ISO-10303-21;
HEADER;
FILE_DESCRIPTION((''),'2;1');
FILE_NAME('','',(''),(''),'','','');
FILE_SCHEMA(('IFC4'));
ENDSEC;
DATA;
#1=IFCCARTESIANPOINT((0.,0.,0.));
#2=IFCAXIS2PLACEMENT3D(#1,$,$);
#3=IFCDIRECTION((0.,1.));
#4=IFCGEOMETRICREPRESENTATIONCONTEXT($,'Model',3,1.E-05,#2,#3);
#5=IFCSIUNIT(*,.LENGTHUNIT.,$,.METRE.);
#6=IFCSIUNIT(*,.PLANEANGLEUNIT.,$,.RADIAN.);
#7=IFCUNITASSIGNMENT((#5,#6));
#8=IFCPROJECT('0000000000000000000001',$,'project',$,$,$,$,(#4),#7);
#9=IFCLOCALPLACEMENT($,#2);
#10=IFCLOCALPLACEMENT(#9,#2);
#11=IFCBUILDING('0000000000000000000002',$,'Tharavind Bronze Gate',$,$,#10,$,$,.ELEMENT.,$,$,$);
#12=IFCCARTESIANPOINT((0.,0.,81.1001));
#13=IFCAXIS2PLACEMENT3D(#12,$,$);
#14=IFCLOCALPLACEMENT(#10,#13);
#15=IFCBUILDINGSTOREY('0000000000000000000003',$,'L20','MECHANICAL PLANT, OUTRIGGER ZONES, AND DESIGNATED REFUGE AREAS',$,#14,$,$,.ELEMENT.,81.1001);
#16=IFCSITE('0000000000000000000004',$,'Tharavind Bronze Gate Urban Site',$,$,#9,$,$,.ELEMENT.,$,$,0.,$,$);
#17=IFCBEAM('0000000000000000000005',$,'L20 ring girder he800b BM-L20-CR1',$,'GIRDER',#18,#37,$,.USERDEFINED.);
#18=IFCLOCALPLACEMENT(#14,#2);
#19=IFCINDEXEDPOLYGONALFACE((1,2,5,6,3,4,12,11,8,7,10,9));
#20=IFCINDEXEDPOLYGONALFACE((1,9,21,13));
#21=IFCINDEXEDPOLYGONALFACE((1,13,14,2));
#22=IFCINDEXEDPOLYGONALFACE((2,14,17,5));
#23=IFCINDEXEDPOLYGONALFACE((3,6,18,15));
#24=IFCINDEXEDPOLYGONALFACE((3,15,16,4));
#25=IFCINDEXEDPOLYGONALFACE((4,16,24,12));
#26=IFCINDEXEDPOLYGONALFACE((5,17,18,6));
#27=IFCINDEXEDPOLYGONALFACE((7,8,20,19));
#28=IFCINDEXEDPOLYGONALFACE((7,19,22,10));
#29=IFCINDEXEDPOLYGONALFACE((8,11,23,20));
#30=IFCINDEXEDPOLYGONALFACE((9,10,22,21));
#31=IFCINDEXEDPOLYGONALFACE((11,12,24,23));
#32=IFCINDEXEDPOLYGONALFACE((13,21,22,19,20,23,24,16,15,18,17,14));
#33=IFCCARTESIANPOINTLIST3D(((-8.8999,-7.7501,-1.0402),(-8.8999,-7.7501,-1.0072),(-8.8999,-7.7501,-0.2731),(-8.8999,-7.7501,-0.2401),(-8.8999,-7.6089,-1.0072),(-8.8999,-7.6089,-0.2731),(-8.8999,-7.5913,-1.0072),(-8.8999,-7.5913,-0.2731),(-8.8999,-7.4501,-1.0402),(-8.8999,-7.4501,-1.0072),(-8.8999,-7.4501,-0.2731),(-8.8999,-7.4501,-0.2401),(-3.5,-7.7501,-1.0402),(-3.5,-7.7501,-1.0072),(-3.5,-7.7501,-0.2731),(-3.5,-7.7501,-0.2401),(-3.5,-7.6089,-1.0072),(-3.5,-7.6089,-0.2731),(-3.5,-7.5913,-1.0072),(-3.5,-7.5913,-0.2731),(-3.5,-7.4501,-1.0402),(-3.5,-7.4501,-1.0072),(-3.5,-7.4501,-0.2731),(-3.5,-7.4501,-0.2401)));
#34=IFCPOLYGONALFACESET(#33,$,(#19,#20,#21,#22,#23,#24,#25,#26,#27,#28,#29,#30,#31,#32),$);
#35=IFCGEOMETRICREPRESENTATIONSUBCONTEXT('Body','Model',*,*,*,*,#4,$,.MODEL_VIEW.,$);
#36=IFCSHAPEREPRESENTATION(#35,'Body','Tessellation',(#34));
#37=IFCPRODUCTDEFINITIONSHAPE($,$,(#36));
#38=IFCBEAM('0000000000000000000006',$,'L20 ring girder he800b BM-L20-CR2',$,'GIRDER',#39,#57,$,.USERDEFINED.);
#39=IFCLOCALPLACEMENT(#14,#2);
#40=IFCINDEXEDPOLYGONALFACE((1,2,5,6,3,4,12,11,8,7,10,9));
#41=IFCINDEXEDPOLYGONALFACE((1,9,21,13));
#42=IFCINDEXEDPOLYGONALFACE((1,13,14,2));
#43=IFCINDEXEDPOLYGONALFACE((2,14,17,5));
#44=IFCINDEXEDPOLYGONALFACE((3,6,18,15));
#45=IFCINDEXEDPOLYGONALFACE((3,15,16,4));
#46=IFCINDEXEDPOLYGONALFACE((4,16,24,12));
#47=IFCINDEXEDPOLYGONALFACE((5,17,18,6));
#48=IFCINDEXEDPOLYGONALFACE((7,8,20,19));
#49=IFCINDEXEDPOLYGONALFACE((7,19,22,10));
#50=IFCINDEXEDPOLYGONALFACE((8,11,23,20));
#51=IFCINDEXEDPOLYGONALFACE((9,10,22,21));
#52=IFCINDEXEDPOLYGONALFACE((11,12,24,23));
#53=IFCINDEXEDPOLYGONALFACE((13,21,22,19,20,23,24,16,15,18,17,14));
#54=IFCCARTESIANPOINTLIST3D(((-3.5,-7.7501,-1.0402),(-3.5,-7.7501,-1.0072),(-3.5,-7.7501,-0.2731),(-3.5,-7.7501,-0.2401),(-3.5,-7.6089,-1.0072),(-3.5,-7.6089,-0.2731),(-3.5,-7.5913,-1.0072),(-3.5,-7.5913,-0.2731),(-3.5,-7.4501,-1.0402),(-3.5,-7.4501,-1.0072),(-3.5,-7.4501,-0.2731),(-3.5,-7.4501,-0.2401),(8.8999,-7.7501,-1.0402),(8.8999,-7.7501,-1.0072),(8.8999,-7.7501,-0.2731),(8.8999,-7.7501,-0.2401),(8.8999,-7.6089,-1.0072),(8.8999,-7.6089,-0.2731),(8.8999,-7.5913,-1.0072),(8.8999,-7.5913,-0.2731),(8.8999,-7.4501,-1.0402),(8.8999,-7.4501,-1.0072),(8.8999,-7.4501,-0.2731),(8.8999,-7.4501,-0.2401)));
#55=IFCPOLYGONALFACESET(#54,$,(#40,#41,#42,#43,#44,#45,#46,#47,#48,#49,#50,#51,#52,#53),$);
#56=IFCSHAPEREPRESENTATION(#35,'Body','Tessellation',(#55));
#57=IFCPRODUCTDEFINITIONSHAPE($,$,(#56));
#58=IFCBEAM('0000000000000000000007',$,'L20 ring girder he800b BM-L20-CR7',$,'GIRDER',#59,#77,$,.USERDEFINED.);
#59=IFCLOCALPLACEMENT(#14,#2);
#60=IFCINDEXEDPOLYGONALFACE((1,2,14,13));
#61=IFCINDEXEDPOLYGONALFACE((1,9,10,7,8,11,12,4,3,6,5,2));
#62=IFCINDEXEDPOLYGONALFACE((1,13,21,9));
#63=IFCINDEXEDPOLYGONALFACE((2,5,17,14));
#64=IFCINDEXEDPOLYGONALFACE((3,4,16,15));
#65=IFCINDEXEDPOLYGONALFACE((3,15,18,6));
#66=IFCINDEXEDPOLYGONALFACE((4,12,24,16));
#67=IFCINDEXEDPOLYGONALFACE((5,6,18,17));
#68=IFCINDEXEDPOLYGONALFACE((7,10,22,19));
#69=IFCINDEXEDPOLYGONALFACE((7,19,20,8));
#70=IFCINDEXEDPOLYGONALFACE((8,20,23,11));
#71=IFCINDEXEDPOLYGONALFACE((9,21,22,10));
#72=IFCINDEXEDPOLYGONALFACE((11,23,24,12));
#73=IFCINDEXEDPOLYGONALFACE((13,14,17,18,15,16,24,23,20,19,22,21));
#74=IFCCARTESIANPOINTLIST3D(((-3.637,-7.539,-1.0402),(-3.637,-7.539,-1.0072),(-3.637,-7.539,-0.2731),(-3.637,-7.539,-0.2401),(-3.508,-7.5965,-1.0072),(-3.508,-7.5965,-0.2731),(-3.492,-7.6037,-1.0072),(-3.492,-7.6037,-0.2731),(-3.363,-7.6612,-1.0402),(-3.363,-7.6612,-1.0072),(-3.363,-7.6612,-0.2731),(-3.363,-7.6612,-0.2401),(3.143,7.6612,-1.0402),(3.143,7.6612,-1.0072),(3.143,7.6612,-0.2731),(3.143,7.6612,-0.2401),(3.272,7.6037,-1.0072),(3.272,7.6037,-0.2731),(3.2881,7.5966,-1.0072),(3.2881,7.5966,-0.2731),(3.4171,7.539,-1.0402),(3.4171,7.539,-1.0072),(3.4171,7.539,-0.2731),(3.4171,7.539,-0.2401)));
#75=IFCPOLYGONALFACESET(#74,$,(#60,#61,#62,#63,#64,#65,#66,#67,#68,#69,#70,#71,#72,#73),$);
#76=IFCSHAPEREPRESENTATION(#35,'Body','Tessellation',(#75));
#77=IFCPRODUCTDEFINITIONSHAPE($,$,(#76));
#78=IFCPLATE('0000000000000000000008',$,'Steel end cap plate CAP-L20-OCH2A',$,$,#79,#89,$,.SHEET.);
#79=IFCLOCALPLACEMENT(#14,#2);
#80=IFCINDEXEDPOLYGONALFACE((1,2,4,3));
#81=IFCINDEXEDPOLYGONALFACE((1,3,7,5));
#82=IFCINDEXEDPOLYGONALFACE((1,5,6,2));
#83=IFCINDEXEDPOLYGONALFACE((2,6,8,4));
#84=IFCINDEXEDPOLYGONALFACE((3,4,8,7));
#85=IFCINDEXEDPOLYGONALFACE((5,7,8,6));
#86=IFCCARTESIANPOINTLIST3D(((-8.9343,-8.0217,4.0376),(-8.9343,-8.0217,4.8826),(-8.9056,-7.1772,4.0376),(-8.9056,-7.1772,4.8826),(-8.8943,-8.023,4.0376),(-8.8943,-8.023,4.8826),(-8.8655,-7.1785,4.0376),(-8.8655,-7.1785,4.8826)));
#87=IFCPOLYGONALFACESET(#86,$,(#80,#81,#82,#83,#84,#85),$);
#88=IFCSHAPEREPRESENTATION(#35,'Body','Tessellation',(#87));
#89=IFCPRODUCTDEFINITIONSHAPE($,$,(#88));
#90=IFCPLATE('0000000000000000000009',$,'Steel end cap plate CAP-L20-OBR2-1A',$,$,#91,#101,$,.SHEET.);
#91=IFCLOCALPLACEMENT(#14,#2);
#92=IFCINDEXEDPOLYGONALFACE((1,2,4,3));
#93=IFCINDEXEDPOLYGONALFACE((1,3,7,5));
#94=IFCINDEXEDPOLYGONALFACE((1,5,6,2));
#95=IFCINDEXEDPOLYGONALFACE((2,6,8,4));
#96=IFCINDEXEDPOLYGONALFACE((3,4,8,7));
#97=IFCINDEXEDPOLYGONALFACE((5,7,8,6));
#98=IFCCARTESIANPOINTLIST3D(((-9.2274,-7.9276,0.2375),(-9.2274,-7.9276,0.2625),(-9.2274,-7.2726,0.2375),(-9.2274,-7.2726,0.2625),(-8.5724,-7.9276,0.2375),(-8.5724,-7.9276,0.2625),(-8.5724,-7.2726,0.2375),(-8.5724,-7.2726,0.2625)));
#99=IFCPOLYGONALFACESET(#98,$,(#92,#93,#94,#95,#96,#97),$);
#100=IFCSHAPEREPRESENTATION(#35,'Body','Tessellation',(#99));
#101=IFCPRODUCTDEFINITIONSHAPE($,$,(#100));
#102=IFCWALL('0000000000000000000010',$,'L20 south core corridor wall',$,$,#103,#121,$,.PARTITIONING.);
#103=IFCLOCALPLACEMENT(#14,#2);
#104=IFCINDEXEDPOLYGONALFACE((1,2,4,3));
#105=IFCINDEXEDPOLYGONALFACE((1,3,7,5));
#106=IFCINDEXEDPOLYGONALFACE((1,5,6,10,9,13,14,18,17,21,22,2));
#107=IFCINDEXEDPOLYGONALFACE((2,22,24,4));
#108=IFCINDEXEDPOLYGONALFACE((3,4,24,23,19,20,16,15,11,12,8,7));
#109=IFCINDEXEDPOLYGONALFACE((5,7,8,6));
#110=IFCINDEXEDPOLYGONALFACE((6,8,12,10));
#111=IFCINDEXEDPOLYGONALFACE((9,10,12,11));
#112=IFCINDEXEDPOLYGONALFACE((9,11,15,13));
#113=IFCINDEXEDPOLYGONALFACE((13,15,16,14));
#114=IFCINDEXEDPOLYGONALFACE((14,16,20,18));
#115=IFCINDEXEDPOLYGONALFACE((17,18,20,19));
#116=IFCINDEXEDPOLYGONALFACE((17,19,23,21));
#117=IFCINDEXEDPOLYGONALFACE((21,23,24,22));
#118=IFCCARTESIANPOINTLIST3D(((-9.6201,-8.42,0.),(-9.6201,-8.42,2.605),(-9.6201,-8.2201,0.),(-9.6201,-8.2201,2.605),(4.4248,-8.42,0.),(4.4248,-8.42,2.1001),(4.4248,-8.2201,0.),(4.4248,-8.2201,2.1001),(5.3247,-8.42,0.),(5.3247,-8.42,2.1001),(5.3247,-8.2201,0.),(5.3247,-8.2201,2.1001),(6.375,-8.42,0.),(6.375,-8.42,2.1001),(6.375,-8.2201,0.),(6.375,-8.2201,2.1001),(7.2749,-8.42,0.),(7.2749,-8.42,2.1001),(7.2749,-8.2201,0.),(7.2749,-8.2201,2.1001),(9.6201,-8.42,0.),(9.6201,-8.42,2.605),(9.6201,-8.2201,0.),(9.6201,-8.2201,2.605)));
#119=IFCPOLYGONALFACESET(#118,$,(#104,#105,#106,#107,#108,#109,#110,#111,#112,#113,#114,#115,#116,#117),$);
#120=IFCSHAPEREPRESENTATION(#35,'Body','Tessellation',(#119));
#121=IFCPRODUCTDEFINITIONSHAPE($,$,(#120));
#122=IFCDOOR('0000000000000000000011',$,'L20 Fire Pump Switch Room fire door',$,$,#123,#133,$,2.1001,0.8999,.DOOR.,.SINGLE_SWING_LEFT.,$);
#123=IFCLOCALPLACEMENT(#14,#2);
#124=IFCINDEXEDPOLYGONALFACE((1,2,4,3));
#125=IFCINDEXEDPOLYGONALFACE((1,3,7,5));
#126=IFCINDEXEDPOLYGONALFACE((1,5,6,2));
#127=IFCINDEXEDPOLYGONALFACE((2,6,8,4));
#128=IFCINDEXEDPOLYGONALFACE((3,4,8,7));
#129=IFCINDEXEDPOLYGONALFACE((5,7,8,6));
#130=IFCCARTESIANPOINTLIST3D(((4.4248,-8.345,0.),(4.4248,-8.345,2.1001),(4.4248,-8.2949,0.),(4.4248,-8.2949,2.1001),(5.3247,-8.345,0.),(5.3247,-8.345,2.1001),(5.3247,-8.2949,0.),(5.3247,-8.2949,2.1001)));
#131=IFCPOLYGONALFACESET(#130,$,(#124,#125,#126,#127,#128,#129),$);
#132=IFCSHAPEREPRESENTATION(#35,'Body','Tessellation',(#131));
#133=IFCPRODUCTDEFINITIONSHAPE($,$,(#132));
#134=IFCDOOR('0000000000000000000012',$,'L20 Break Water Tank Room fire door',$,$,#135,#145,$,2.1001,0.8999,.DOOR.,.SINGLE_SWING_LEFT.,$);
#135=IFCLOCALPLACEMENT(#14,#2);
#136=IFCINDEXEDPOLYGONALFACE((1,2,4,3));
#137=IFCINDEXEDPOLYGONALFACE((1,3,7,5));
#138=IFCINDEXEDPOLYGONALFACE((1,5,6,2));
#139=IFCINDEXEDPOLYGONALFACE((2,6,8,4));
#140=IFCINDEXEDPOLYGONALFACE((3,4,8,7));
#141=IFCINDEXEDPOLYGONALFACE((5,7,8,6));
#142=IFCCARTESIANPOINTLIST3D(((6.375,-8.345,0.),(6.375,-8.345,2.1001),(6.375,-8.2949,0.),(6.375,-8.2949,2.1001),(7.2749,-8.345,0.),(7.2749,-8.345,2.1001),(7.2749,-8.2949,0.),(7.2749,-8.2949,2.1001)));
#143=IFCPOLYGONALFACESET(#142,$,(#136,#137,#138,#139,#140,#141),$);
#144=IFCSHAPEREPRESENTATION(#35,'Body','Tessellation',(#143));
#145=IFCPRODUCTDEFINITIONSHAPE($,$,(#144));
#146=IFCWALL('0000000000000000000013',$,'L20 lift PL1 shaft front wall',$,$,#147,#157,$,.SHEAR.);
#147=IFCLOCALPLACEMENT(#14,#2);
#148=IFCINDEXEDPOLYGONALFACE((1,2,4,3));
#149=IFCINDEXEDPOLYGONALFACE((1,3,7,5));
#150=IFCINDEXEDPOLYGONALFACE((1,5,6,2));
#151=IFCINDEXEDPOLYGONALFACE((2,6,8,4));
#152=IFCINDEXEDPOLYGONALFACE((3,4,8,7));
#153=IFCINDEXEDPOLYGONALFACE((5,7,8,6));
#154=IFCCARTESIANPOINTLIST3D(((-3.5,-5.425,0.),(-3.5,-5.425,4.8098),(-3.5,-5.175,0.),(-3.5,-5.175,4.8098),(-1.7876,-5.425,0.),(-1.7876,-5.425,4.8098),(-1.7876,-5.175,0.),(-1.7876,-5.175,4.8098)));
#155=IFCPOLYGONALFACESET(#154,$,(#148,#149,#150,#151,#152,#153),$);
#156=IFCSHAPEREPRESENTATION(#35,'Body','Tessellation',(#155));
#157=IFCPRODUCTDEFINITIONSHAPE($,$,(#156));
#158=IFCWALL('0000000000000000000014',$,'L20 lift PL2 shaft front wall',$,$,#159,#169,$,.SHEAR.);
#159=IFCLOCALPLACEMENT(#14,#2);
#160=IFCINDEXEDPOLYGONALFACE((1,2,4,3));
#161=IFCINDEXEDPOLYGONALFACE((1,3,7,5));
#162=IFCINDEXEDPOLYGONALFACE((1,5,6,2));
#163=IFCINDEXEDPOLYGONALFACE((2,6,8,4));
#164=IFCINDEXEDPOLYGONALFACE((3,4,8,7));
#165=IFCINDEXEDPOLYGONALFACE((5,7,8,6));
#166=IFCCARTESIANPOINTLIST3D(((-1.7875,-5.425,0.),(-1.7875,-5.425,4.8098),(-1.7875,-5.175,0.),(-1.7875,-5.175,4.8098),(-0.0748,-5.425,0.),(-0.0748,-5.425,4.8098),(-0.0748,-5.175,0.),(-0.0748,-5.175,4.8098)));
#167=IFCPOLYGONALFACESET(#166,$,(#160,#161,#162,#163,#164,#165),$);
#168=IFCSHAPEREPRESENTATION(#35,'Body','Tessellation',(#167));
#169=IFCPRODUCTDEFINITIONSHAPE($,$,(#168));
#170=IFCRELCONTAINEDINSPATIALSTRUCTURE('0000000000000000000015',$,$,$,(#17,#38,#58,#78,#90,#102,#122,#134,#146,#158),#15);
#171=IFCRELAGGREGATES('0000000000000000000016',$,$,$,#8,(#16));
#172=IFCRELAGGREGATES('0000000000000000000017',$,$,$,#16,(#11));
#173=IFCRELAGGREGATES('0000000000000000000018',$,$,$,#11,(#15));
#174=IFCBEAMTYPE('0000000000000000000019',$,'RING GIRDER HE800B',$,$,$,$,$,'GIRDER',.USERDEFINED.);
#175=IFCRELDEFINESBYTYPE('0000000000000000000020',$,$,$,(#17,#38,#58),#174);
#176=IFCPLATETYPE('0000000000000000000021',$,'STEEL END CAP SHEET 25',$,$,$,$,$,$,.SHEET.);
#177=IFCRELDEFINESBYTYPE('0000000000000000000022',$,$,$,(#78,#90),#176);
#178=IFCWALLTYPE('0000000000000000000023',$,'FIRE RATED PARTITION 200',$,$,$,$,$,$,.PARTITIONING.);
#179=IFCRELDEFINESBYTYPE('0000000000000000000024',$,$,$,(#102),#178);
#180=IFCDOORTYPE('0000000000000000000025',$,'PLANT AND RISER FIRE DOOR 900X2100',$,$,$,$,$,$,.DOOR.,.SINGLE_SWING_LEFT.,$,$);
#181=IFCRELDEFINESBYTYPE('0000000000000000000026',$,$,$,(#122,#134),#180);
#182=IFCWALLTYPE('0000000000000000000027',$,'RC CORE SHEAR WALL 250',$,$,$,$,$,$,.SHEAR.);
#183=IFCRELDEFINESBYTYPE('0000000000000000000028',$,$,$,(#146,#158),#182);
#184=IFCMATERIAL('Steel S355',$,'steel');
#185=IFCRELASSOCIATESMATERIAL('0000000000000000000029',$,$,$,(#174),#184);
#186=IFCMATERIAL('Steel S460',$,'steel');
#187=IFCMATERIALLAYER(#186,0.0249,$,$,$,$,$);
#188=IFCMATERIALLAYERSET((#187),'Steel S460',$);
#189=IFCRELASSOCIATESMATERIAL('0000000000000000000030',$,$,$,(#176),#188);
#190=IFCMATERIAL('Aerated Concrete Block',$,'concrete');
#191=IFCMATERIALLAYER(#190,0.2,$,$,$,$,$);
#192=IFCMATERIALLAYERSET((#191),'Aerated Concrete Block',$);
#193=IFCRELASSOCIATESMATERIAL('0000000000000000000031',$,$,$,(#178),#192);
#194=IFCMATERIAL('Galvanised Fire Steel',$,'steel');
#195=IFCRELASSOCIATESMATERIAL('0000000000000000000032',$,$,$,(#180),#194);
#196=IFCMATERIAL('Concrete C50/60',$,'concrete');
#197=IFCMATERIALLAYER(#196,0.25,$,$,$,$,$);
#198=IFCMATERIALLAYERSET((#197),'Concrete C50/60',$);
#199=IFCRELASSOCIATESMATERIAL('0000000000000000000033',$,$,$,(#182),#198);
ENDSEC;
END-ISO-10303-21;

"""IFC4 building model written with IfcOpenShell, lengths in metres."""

from ifc_helpers import new_model, si_unit, direction, frame, frame_2d, origin, origin_2d, place, context, subcontext, project, spatial, rectangle, i_section, extrude, material, layer, layer_set, material_profile, profile_set, type_object, element, fill, save


model = new_model("IFC4")

# Units and contexts
model_context = context("Model", 3, precision=1e-05, world=origin(), true_north=direction((0.0, 1.0)))
body_context = subcontext(model_context, "Body", "Model", "MODEL_VIEW")
ifc_project = project(units=[si_unit("LENGTHUNIT", "METRE"), si_unit("PLANEANGLEUNIT", "RADIAN")], contexts=[model_context])

# Site, building, storey
site_placement = place(None, origin())
site = spatial("IfcSite", under=ifc_project, at=site_placement, Name="Tharavind Bronze Gate Urban Site", CompositionType="ELEMENT", RefElevation=0.0)
building_placement = place(site_placement, origin())
building = spatial("IfcBuilding", under=site, at=building_placement, Name="Tharavind Bronze Gate", CompositionType="ELEMENT")
storey_placement = place(building_placement, frame((0.0, 0.0, 81.1001)))
storey = spatial("IfcBuildingStorey", under=building, at=storey_placement, Name="L20", Description="MECHANICAL PLANT, OUTRIGGER ZONES, AND DESIGNATED REFUGE AREAS", CompositionType="ELEMENT", Elevation=81.1001)

# Shared definitions
ifc_material_1 = material(Name="Steel S460", Category="steel")

# Beams
ifc_material_2 = material(Name="Steel S355", Category="steel")
ifc_material_profile_1 = material_profile(ifc_material_2, i_section(OverallWidth=0.3, OverallDepth=0.8, WebThickness=0.0176, FlangeThickness=0.033, at=origin_2d()), Name="HE800B")
ifc_profile_set_1 = profile_set([ifc_material_profile_1], Name="Steel S355")
beam_type = type_object("IfcBeamType", Name="RING GIRDER HE800B", ElementType="GIRDER", PredefinedType="USERDEFINED", material=ifc_profile_set_1)
beam_1_placement = place(storey_placement, frame((-8.8999, -7.6001, -0.6401), z_axis=(1.0, 0.0, 0.0), x_axis=(0.0, 1.0, 0.0)))
element("IfcBeam", 1, at=beam_1_placement, inside=storey, type_object=beam_type, Name="L20 ring girder he800b BM-L20-CR1", ObjectType="GIRDER", PredefinedType="USERDEFINED", context=body_context, shape_type="SweptSolid", body=[
    extrude(i_section(OverallWidth=0.3, OverallDepth=0.8, WebThickness=0.0176, FlangeThickness=0.033, at=origin_2d()), origin(), (0.0, 0.0, 1.0), 5.3999),
])
beam_2_placement = place(storey_placement, frame((-3.5, -7.6001, -0.6401), z_axis=(1.0, 0.0, 0.0), x_axis=(0.0, 1.0, 0.0)))
element("IfcBeam", 2, at=beam_2_placement, inside=storey, type_object=beam_type, Name="L20 ring girder he800b BM-L20-CR2", ObjectType="GIRDER", PredefinedType="USERDEFINED", context=body_context, shape_type="SweptSolid", body=[
    extrude(i_section(OverallWidth=0.3, OverallDepth=0.8, WebThickness=0.0176, FlangeThickness=0.033, at=origin_2d()), origin(), (0.0, 0.0, 1.0), 12.3999),
])
beam_3_placement = place(storey_placement, frame((-3.5, -7.6001, -0.6401), z_axis=(0.407362, 0.913267, 0.0), x_axis=(-0.913267, 0.407362, 0.0)))
element("IfcBeam", 3, at=beam_3_placement, inside=storey, type_object=beam_type, Name="L20 ring girder he800b BM-L20-CR7", ObjectType="GIRDER", PredefinedType="USERDEFINED", context=body_context, shape_type="SweptSolid", body=[
    extrude(i_section(OverallWidth=0.3, OverallDepth=0.8, WebThickness=0.0176, FlangeThickness=0.033, at=origin_2d()), origin(), (0.0, 0.0, 1.0), 16.6438),
])

# Plates
ifc_layer_1 = layer(ifc_material_1, 0.0249)
ifc_layer_set_1 = layer_set([ifc_layer_1], Name="Steel S460")
plate_type = type_object("IfcPlateType", Name="STEEL END CAP SHEET 25", PredefinedType="SHEET", material=ifc_layer_set_1)
plate_1_placement = place(storey_placement, frame((-8.8999, -7.6001, 4.0376), z_axis=(0.0, 0.0, 1.0), x_axis=(-0.999422, 0.033985, 0.0)))
element("IfcPlate", 4, at=plate_1_placement, inside=storey, type_object=plate_type, Name="Steel end cap plate CAP-L20-OCH2A", PredefinedType="SHEET", context=body_context, shape_type="SweptSolid", body=[
    extrude(rectangle(XDim=0.04, YDim=0.845, at=origin_2d()), origin(), (0.0, 0.0, 1.0), 0.845),
])
plate_2_placement = place(storey_placement, frame((-8.8999, -7.6001, 0.2375), z_axis=(0.0, 0.0, 1.0), x_axis=(1.0, 0.0, 0.0)))
element("IfcPlate", 5, at=plate_2_placement, inside=storey, type_object=plate_type, Name="Steel end cap plate CAP-L20-OBR2-1A", PredefinedType="SHEET", context=body_context, shape_type="SweptSolid", body=[
    extrude(rectangle(XDim=0.655, YDim=0.655, at=origin_2d()), origin(), (0.0, 0.0, 1.0), 0.0249),
])

# Wall, openings, doors
ifc_material_3 = material(Name="Aerated Concrete Block", Category="concrete")
ifc_layer_2 = layer(ifc_material_3, 0.2)
ifc_layer_set_2 = layer_set([ifc_layer_2], Name="Aerated Concrete Block")
wall_type_1 = type_object("IfcWallType", Name="FIRE RATED PARTITION 200", PredefinedType="PARTITIONING", material=ifc_layer_set_2)
wall_1_placement = place(storey_placement, frame((-9.6201, -8.3201, 0.0), z_axis=(0.0, 0.0, 1.0), x_axis=(1.0, 0.0, 0.0)))
wall_1 = element("IfcWall", 6, at=wall_1_placement, inside=storey, type_object=wall_type_1, Name="L20 south core corridor wall", PredefinedType="PARTITIONING", context=body_context, shape_type="SweptSolid", body=[
    extrude(rectangle(XDim=19.2402, YDim=0.2, at=frame_2d((9.6201, 0.0))), origin(), (0.0, 0.0, 1.0), 2.605),
])
opening_1_placement = place(wall_1_placement, frame((14.0449, 0.0, 0.0)))
opening_1 = element("IfcOpeningElement", 7, at=opening_1_placement, cuts=wall_1, PredefinedType="OPENING", context=body_context, shape_type="SweptSolid", body=[
    extrude(rectangle(XDim=0.8999, YDim=2.1001, at=frame_2d((0.45, 1.05))), frame((0.0, 0.1101, 0.0), z_axis=(0.0, -1.0, 0.0), x_axis=(1.0, 0.0, 0.0)), (0.0, 0.0, 1.0), 0.22),
])
opening_2_placement = place(wall_1_placement, frame((15.9951, 0.0, 0.0)))
opening_2 = element("IfcOpeningElement", 8, at=opening_2_placement, cuts=wall_1, PredefinedType="OPENING", context=body_context, shape_type="SweptSolid", body=[
    extrude(rectangle(XDim=0.8999, YDim=2.1001, at=frame_2d((0.45, 1.05))), frame((0.0, 0.1101, 0.0), z_axis=(0.0, -1.0, 0.0), x_axis=(1.0, 0.0, 0.0)), (0.0, 0.0, 1.0), 0.22),
])
ifc_material_4 = material(Name="Galvanised Fire Steel", Category="steel")
door_type = type_object("IfcDoorType", Name="PLANT AND RISER FIRE DOOR 900X2100", OperationType="SINGLE_SWING_LEFT", PredefinedType="DOOR", material=ifc_material_4)
door_1_placement = place(opening_1_placement, frame((0.8999, 0.0, 0.0), z_axis=(0.0, 0.0, 1.0), x_axis=(-1.0, 0.0, 0.0)))
door_1 = element("IfcDoor", 9, at=door_1_placement, inside=storey, type_object=door_type, Name="L20 Fire Pump Switch Room fire door", OperationType="SINGLE_SWING_LEFT", OverallHeight=2.1001, OverallWidth=0.8999, PredefinedType="DOOR", context=body_context, shape_type="SweptSolid", body=[
    extrude(rectangle(XDim=0.8999, YDim=2.1001, at=frame_2d((0.45, 1.05))), frame((0.0, 0.0249, 0.0), z_axis=(0.0, -1.0, 0.0), x_axis=(1.0, 0.0, 0.0)), (0.0, 0.0, 1.0), 0.05),
])
fill(opening_1, door_1)
door_2_placement = place(opening_2_placement, frame((0.8999, 0.0, 0.0), z_axis=(0.0, 0.0, 1.0), x_axis=(-1.0, 0.0, 0.0)))
door_2 = element("IfcDoor", 10, at=door_2_placement, inside=storey, type_object=door_type, Name="L20 Break Water Tank Room fire door", OperationType="SINGLE_SWING_LEFT", OverallHeight=2.1001, OverallWidth=0.8999, PredefinedType="DOOR", context=body_context, shape_type="SweptSolid", body=[
    extrude(rectangle(XDim=0.8999, YDim=2.1001, at=frame_2d((0.45, 1.05))), frame((0.0, 0.0249, 0.0), z_axis=(0.0, -1.0, 0.0), x_axis=(1.0, 0.0, 0.0)), (0.0, 0.0, 1.0), 0.05),
])
fill(opening_2, door_2)

# Walls
ifc_material_5 = material(Name="Concrete C50/60", Category="concrete")
ifc_layer_3 = layer(ifc_material_5, 0.25)
ifc_layer_set_3 = layer_set([ifc_layer_3], Name="Concrete C50/60")
wall_type_2 = type_object("IfcWallType", Name="RC CORE SHEAR WALL 250", PredefinedType="SHEAR", material=ifc_layer_set_3)
wall_2_placement = place(storey_placement, frame((-3.5, -5.3, 0.0), z_axis=(0.0, 0.0, 1.0), x_axis=(1.0, 0.0, 0.0)))
element("IfcWall", 11, at=wall_2_placement, inside=storey, type_object=wall_type_2, Name="L20 lift PL1 shaft front wall", PredefinedType="SHEAR", context=body_context, shape_type="SweptSolid", body=[
    extrude(rectangle(XDim=1.7124, YDim=0.25, at=frame_2d((0.8562, 0.0))), origin(), (0.0, 0.0, 1.0), 4.8098),
])
wall_3_placement = place(storey_placement, frame((-1.7876, -5.3, 0.0), z_axis=(0.0, 0.0, 1.0), x_axis=(1.0, 0.0, 0.0)))
element("IfcWall", 12, at=wall_3_placement, inside=storey, type_object=wall_type_2, Name="L20 lift PL2 shaft front wall", PredefinedType="SHEAR", context=body_context, shape_type="SweptSolid", body=[
    extrude(rectangle(XDim=1.7126, YDim=0.25, at=frame_2d((0.8564, 0.0))), origin(), (0.0, 0.0, 1.0), 4.8098),
])

save(model, "model.ifc")
